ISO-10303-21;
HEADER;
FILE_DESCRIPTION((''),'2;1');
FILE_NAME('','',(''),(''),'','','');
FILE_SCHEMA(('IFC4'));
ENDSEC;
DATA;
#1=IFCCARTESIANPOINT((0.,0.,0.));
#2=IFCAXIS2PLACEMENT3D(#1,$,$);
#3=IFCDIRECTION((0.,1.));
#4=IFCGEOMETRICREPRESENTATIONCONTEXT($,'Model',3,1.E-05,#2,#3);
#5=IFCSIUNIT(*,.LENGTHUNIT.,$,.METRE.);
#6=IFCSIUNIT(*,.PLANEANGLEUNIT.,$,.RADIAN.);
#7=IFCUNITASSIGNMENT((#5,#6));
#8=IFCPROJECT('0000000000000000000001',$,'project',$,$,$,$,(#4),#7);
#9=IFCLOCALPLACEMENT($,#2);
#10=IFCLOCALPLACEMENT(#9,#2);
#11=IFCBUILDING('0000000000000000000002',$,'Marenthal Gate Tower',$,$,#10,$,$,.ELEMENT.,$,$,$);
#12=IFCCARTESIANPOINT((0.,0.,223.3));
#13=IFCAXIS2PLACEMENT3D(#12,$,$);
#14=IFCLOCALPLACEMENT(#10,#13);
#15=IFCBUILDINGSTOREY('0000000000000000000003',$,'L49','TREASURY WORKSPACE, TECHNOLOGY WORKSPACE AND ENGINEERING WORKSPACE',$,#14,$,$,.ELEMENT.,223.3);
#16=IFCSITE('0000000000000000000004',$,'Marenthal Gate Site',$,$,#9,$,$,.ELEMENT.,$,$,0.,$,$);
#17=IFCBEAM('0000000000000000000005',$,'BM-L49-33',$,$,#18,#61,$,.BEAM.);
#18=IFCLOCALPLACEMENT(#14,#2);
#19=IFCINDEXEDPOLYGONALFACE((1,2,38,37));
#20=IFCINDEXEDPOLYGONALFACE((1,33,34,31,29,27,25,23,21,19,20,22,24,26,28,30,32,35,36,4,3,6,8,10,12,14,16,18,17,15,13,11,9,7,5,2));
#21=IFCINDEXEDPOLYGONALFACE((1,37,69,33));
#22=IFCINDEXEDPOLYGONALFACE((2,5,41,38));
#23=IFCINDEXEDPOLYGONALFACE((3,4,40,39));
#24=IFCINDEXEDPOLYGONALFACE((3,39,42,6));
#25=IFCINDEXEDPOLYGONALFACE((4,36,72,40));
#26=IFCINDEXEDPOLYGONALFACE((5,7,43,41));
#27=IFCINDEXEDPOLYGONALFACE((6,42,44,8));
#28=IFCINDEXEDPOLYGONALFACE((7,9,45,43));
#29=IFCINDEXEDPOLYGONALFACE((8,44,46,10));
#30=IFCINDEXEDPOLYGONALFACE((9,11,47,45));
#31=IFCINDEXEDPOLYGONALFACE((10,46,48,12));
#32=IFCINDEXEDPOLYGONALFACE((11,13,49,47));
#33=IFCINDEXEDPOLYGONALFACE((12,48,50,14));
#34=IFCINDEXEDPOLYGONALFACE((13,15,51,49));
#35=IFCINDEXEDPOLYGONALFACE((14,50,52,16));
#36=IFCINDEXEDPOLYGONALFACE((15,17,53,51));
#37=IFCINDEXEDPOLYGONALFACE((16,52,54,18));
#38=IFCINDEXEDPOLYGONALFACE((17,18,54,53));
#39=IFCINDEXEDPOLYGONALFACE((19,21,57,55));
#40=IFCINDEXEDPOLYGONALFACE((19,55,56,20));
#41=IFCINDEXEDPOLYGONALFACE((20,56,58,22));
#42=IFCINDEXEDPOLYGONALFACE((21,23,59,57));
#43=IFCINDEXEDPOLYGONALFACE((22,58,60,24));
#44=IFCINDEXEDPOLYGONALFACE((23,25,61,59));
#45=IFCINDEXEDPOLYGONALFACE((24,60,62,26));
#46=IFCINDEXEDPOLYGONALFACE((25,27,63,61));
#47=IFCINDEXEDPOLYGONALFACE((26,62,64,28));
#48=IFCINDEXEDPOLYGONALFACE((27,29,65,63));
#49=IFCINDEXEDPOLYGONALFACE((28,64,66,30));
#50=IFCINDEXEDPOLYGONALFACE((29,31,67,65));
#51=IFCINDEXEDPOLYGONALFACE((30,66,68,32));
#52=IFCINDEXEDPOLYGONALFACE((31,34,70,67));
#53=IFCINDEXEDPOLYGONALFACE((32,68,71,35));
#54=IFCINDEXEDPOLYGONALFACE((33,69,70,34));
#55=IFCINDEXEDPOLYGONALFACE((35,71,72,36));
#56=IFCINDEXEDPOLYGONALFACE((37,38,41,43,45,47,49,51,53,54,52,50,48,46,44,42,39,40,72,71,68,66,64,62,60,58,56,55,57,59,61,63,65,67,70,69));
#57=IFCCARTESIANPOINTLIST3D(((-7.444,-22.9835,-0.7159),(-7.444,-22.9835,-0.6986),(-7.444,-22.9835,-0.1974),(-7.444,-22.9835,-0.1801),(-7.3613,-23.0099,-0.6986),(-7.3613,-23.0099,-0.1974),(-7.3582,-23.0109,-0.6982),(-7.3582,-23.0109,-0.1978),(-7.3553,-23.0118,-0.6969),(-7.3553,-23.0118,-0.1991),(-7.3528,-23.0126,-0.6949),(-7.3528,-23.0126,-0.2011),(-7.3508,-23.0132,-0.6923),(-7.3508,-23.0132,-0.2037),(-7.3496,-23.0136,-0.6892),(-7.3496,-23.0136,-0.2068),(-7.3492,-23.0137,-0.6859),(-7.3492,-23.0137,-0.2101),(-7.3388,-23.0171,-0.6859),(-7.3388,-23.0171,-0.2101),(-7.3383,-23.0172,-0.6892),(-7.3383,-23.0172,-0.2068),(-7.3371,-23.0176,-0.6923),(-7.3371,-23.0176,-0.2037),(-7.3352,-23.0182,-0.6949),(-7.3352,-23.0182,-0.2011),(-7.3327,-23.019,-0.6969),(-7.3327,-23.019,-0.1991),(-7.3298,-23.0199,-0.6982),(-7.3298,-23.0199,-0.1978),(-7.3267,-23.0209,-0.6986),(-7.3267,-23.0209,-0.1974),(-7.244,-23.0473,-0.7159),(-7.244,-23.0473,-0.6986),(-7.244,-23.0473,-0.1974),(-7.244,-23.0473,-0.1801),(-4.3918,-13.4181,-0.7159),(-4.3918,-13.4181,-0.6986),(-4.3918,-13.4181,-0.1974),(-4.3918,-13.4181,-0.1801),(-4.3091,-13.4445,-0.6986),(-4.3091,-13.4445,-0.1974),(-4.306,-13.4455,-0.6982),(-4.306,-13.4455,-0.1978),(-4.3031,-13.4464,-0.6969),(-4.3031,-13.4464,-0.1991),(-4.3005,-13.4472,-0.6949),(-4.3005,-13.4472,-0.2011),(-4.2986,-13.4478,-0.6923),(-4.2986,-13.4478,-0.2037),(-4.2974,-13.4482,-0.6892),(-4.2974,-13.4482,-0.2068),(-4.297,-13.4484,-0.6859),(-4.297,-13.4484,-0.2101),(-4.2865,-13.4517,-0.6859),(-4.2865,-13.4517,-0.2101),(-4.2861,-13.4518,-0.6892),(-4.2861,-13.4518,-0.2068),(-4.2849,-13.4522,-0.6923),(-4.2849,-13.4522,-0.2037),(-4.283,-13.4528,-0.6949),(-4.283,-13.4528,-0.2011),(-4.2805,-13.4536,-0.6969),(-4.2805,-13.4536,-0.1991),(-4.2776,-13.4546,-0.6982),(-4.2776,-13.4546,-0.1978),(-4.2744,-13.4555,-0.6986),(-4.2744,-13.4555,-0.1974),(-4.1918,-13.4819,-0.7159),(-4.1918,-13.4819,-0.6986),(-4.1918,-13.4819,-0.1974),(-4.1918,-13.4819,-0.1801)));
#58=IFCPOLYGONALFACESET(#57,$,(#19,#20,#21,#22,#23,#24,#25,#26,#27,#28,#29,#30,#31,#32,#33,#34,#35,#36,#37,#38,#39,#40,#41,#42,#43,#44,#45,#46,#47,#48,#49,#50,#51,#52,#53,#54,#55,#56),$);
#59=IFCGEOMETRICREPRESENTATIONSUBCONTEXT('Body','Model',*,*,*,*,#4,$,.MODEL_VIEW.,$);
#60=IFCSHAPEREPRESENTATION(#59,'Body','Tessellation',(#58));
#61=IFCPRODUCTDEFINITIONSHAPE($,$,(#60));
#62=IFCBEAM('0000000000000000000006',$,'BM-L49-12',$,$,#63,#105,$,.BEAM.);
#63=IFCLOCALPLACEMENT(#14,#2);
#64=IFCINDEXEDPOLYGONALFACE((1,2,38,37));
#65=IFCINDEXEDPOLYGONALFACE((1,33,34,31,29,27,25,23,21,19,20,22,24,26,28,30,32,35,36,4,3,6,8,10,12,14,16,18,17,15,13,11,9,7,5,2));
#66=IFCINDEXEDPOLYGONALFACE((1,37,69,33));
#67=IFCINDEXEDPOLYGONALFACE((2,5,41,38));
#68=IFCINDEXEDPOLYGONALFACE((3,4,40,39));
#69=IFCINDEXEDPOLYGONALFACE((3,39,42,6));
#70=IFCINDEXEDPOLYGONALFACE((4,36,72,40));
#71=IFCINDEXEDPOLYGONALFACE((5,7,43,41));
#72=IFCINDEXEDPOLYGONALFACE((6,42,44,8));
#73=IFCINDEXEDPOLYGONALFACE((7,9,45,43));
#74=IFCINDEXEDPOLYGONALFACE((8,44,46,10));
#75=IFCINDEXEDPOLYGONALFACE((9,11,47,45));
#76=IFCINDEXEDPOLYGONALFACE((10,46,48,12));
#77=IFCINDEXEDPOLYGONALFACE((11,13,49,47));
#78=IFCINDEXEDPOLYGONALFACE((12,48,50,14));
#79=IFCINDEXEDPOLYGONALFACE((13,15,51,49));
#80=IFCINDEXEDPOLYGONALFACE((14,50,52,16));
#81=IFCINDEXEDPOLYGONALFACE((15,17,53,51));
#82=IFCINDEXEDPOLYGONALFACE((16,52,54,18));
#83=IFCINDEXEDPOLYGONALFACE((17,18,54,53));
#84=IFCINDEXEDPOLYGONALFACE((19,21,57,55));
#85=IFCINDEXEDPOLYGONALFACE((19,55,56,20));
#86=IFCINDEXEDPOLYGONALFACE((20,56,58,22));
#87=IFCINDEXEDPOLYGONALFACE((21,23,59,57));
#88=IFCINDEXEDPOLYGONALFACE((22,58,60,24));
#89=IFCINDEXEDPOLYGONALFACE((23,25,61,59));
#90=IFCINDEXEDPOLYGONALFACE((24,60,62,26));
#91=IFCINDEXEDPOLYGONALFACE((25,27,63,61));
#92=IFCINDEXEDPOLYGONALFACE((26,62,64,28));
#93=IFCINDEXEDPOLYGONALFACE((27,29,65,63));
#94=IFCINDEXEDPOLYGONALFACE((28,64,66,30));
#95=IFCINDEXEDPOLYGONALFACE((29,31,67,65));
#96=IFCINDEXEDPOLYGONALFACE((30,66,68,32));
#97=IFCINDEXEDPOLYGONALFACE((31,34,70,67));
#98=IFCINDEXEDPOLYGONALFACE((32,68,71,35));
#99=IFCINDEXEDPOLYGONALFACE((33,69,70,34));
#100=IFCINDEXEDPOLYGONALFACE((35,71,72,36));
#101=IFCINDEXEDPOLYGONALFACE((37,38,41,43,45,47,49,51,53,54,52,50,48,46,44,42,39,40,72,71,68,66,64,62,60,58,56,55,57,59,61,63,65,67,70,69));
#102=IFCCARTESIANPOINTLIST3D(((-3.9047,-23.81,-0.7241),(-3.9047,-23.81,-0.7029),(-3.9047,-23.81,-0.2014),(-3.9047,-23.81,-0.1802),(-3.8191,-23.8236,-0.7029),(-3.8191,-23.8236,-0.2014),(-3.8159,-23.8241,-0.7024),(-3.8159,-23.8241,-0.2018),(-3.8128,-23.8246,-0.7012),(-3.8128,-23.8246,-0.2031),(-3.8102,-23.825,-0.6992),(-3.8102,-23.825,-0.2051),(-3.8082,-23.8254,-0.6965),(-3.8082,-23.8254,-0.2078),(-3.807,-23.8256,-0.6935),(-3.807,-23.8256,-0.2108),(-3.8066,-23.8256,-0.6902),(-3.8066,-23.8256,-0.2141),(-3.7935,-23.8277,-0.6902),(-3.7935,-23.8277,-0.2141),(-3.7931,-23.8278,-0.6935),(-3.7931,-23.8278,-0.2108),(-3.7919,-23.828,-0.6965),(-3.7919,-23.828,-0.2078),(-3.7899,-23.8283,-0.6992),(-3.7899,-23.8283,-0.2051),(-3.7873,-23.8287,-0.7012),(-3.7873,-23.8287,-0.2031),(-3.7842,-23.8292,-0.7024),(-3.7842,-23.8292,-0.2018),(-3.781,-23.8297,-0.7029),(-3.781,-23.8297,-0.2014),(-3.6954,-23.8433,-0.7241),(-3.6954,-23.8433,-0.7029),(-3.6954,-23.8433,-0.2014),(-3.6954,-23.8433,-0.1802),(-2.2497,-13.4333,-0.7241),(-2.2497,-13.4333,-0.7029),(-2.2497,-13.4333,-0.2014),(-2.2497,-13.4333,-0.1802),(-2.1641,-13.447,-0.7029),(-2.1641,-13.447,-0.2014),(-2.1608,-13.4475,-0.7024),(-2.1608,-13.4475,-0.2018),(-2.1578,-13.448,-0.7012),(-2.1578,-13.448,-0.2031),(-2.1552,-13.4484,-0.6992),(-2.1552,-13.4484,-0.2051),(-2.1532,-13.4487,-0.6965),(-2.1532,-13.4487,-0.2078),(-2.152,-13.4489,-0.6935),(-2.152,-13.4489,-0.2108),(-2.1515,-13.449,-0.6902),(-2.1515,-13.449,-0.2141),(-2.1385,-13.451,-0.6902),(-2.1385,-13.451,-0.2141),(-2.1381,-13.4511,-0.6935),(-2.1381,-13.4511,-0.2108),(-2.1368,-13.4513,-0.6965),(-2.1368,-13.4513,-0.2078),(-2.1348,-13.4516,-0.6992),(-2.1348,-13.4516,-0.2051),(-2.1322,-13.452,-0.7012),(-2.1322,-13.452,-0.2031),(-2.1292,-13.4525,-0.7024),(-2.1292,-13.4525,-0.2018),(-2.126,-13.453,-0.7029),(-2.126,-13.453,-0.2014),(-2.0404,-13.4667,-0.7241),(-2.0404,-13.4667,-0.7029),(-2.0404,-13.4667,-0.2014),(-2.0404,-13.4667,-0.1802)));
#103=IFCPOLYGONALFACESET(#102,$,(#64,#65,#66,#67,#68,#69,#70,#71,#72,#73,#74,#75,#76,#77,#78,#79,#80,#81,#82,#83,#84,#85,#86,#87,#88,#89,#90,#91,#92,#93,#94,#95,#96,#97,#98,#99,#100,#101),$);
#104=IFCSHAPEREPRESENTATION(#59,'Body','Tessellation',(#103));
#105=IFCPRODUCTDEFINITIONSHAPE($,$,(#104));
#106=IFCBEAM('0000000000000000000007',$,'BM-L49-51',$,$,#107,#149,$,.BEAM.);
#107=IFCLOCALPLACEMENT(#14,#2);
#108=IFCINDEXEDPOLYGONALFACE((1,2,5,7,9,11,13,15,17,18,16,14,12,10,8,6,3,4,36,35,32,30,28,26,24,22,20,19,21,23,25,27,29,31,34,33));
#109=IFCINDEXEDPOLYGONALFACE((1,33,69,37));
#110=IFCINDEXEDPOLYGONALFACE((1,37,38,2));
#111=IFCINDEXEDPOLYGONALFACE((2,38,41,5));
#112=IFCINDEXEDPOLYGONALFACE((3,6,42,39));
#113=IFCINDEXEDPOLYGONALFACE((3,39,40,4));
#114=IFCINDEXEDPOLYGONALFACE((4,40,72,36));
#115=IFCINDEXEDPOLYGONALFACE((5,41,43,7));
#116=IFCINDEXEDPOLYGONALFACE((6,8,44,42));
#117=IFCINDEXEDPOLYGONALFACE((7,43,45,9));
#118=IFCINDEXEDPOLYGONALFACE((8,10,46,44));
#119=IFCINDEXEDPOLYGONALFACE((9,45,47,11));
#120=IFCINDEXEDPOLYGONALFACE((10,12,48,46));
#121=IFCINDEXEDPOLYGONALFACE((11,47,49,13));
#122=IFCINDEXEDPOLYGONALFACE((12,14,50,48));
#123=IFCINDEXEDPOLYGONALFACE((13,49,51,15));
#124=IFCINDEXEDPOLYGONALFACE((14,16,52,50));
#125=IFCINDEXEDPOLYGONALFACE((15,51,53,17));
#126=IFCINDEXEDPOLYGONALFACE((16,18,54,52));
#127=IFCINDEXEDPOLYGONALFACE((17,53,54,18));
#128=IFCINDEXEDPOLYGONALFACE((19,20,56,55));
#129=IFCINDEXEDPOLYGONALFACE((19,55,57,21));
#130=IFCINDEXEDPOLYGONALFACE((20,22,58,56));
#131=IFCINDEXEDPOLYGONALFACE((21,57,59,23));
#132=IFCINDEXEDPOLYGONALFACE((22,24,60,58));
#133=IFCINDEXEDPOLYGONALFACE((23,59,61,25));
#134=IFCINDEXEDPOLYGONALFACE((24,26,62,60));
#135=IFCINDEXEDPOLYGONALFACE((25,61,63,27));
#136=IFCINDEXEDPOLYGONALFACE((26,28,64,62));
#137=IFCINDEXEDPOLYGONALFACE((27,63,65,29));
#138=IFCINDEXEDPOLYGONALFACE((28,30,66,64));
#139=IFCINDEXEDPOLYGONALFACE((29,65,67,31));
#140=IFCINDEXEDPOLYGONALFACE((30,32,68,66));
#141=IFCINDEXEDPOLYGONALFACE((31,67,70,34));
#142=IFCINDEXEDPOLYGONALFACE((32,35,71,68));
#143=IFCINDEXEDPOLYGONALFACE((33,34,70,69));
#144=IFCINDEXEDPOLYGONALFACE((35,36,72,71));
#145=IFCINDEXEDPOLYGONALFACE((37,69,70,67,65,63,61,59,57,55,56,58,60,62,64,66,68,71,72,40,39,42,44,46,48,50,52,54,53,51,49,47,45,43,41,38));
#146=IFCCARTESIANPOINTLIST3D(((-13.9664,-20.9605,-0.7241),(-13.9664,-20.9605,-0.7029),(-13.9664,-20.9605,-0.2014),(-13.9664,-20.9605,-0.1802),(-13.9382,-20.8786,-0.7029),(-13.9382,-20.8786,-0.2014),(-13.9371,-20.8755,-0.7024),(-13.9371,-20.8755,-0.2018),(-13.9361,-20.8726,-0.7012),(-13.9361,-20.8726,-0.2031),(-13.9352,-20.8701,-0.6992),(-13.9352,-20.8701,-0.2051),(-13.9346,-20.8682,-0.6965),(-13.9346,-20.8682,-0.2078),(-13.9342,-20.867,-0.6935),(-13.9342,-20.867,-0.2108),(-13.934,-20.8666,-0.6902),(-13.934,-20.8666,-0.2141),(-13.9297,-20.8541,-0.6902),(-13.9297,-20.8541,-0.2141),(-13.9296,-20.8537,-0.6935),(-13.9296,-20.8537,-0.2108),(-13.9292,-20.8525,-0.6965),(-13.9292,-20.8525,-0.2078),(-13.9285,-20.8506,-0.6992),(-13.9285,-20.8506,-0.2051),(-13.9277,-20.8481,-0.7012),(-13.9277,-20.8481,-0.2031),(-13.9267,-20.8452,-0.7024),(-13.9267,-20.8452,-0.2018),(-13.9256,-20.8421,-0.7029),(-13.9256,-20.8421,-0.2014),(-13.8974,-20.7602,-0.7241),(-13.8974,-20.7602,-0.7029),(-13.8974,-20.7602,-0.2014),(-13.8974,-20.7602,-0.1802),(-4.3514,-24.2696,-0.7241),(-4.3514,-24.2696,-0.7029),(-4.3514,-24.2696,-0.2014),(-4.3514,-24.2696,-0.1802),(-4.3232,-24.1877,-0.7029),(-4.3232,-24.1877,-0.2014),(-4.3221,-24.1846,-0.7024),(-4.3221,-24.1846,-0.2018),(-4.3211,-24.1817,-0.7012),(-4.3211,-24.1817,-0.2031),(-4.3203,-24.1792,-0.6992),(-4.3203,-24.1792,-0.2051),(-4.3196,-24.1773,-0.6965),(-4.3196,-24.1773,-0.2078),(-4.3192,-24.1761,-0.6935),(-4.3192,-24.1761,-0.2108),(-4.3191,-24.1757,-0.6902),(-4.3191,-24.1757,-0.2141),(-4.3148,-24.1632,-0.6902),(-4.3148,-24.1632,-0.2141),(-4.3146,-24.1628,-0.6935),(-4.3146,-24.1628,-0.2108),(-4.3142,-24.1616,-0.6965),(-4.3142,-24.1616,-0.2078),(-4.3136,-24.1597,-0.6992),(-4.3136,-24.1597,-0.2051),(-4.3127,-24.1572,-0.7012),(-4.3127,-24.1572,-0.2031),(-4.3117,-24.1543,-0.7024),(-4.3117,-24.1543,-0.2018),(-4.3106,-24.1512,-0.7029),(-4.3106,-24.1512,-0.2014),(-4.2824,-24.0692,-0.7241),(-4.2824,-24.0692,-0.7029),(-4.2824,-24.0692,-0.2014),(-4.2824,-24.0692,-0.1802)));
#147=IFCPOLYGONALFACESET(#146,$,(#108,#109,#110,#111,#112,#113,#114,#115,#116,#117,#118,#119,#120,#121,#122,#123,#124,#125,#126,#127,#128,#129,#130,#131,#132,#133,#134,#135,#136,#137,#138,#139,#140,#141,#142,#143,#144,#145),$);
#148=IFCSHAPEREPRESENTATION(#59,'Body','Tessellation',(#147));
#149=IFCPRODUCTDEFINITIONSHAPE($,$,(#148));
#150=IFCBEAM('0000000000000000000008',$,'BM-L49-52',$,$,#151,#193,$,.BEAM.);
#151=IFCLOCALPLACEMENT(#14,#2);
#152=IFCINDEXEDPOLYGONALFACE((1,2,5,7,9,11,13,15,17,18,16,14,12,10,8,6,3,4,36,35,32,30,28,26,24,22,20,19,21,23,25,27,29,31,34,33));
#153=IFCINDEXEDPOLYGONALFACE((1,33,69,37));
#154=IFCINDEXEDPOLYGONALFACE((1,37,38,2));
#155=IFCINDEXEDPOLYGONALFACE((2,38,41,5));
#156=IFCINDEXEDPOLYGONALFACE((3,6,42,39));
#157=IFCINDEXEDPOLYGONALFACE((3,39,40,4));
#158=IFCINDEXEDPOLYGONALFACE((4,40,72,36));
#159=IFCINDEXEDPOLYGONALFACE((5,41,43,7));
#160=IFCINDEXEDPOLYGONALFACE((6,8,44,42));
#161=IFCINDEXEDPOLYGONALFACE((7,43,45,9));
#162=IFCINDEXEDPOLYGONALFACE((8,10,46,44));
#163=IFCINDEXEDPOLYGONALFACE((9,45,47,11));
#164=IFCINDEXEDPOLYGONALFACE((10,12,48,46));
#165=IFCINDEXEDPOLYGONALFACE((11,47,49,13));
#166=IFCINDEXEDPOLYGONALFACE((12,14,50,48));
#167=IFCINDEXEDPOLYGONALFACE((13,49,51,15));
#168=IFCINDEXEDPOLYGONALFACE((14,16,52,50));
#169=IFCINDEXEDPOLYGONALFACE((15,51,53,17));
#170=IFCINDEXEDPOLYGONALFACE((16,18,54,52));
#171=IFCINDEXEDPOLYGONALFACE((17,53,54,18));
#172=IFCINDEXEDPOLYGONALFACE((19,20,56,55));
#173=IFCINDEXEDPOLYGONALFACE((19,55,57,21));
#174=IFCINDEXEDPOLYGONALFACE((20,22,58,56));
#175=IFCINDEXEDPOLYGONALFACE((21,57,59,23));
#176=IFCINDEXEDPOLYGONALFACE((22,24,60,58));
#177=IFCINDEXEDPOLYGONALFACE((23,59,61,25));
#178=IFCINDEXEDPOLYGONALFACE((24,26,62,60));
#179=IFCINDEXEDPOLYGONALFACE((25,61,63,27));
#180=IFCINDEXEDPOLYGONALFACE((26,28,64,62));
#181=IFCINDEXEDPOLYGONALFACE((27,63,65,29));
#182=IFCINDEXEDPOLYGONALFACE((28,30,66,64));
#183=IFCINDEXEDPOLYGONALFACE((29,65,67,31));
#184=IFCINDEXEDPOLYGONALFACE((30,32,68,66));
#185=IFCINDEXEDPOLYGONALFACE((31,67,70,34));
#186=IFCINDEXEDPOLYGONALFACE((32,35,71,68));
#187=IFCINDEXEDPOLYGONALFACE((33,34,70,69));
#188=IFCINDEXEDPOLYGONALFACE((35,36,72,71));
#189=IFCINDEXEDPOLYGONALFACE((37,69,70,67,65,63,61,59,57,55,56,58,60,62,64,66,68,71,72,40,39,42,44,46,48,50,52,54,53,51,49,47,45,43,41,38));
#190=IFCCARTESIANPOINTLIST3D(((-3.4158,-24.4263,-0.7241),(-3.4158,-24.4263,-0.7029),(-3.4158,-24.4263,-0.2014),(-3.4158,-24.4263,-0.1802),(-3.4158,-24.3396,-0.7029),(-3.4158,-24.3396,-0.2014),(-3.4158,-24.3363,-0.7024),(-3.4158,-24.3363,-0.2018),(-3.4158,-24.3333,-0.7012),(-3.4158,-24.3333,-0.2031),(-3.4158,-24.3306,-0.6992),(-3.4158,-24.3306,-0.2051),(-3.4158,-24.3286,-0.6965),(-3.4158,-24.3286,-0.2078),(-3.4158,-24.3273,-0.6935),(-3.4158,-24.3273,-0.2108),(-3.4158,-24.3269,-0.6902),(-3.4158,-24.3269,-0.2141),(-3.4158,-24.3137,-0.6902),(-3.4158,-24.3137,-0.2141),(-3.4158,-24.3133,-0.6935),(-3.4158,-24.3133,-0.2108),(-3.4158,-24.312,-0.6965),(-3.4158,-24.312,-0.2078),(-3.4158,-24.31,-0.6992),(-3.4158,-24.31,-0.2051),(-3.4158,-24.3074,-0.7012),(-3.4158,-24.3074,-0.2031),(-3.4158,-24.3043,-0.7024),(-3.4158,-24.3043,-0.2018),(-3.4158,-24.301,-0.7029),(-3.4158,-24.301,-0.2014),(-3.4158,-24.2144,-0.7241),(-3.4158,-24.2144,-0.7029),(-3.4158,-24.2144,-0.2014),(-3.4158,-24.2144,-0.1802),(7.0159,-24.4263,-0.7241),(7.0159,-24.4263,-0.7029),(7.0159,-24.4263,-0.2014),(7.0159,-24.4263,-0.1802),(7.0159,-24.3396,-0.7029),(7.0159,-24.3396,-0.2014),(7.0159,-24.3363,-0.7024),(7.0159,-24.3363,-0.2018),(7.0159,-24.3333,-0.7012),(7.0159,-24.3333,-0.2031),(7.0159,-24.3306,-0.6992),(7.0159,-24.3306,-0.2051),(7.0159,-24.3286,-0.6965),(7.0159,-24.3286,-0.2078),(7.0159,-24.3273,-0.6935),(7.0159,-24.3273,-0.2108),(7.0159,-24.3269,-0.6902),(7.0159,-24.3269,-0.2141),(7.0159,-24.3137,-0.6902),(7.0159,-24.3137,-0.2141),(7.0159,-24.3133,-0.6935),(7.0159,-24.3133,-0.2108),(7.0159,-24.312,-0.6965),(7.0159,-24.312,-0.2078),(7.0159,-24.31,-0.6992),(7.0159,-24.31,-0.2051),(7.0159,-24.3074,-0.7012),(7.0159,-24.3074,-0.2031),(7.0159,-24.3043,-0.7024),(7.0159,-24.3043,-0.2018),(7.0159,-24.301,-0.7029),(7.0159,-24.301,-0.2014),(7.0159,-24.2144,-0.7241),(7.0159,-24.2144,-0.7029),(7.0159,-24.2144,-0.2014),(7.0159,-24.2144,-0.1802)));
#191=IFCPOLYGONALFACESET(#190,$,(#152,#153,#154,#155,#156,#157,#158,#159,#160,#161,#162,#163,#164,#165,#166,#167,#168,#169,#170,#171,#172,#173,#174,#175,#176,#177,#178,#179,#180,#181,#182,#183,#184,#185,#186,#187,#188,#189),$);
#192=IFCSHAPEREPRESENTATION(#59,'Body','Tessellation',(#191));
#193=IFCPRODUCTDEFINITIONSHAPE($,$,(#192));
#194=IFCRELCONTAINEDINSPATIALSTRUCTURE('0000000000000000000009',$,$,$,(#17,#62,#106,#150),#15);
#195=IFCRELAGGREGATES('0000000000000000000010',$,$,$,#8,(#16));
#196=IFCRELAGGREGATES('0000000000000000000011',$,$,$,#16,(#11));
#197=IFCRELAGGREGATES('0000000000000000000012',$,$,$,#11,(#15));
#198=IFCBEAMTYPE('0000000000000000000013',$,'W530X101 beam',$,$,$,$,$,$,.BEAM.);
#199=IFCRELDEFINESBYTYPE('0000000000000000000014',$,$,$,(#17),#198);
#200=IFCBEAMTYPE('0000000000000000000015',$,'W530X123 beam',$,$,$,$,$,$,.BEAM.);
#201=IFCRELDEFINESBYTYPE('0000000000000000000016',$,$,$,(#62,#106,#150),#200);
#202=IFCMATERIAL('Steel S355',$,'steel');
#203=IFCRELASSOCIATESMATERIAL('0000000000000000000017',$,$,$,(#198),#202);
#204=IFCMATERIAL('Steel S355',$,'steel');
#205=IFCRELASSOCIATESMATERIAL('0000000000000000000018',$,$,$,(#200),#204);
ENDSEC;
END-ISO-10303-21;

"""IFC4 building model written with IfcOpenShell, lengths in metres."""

from ifc_helpers import new_model, si_unit, direction, frame, origin, origin_2d, place, context, subcontext, project, spatial, i_section, extrude, material, material_profile, profile_set, type_object, element, save


model = new_model("IFC4")

# Units and contexts
model_context = context("Model", 3, precision=1e-05, world=origin(), true_north=direction((0.0, 1.0)))
body_context = subcontext(model_context, "Body", "Model", "MODEL_VIEW")
ifc_project = project(units=[si_unit("LENGTHUNIT", "METRE"), si_unit("PLANEANGLEUNIT", "RADIAN")], contexts=[model_context])

# Site, building, storey
site_placement = place(None, origin())
site = spatial("IfcSite", under=ifc_project, at=site_placement, Name="Marenthal Gate Site", CompositionType="ELEMENT", RefElevation=0.0)
building_placement = place(site_placement, origin())
building = spatial("IfcBuilding", under=site, at=building_placement, Name="Marenthal Gate Tower", CompositionType="ELEMENT")
storey_placement = place(building_placement, frame((0.0, 0.0, 223.3)))
storey = spatial("IfcBuildingStorey", under=building, at=storey_placement, Name="L49", Description="TREASURY WORKSPACE, TECHNOLOGY WORKSPACE AND ENGINEERING WORKSPACE", CompositionType="ELEMENT", Elevation=223.3)

# Beams
ifc_material_1 = material(Name="Steel S355", Category="steel")
ifc_material_profile_1 = material_profile(ifc_material_1, i_section(OverallWidth=0.21, OverallDepth=0.5359, WebThickness=0.011, FlangeThickness=0.0173, FilletRadius=0.0127, at=origin_2d()), Name="W530X101")
ifc_profile_set_1 = profile_set([ifc_material_profile_1], Name="Steel S355")
beam_type_1 = type_object("IfcBeamType", Name="W530X101 beam", PredefinedType="BEAM", material=ifc_profile_set_1)
beam_1_placement = place(storey_placement, frame((-7.344, -23.0154, -0.448), z_axis=(0.30399, 0.952675, 0.0), x_axis=(-0.952675, 0.30399, 0.0)))
element("IfcBeam", 1, at=beam_1_placement, inside=storey, type_object=beam_type_1, Name="BM-L49-33", PredefinedType="BEAM", context=body_context, shape_type="SweptSolid", body=[
    extrude(i_section(OverallWidth=0.21, OverallDepth=0.5359, WebThickness=0.011, FlangeThickness=0.0173, FilletRadius=0.0127, at=origin_2d()), origin(), (0.0, 0.0, 1.0), 10.0405),
])
ifc_material_2 = material(Name="Steel S355", Category="steel")
ifc_material_profile_2 = material_profile(ifc_material_2, i_section(OverallWidth=0.2119, OverallDepth=0.5439, WebThickness=0.0132, FlangeThickness=0.0212, FilletRadius=0.0127, at=origin_2d()), Name="W530X123")
ifc_profile_set_2 = profile_set([ifc_material_profile_2], Name="Steel S355")
beam_type_2 = type_object("IfcBeamType", Name="W530X123 beam", PredefinedType="BEAM", material=ifc_profile_set_2)
beam_2_placement = place(storey_placement, frame((-3.8, -23.8267, -0.4521), z_axis=(0.157504, 0.987518, 0.0), x_axis=(-0.987518, 0.157504, 0.0)))
element("IfcBeam", 2, at=beam_2_placement, inside=storey, type_object=beam_type_2, Name="BM-L49-12", PredefinedType="BEAM", context=body_context, shape_type="SweptSolid", body=[
    extrude(i_section(OverallWidth=0.2119, OverallDepth=0.5439, WebThickness=0.0132, FlangeThickness=0.0212, FilletRadius=0.0127, at=origin_2d()), origin(), (0.0, 0.0, 1.0), 10.5078),
])
beam_3_placement = place(storey_placement, frame((-13.9319, -20.8604, -0.4521), z_axis=(0.945568, -0.325425, 0.0), x_axis=(0.325425, 0.945568, 0.0)))
element("IfcBeam", 3, at=beam_3_placement, inside=storey, type_object=beam_type_2, Name="BM-L49-51", PredefinedType="BEAM", context=body_context, shape_type="SweptSolid", body=[
    extrude(i_section(OverallWidth=0.2119, OverallDepth=0.5439, WebThickness=0.0132, FlangeThickness=0.0212, FilletRadius=0.0127, at=origin_2d()), origin(), (0.0, 0.0, 1.0), 10.1685),
])
beam_4_placement = place(storey_placement, frame((-3.4158, -24.3203, -0.4521), z_axis=(1.0, 0.0, 0.0), x_axis=(0.0, 1.0, 0.0)))
element("IfcBeam", 4, at=beam_4_placement, inside=storey, type_object=beam_type_2, Name="BM-L49-52", PredefinedType="BEAM", context=body_context, shape_type="SweptSolid", body=[
    extrude(i_section(OverallWidth=0.2119, OverallDepth=0.5439, WebThickness=0.0132, FlangeThickness=0.0212, FilletRadius=0.0127, at=origin_2d()), origin(), (0.0, 0.0, 1.0), 10.4316),
])

save(model, "model.ifc")
